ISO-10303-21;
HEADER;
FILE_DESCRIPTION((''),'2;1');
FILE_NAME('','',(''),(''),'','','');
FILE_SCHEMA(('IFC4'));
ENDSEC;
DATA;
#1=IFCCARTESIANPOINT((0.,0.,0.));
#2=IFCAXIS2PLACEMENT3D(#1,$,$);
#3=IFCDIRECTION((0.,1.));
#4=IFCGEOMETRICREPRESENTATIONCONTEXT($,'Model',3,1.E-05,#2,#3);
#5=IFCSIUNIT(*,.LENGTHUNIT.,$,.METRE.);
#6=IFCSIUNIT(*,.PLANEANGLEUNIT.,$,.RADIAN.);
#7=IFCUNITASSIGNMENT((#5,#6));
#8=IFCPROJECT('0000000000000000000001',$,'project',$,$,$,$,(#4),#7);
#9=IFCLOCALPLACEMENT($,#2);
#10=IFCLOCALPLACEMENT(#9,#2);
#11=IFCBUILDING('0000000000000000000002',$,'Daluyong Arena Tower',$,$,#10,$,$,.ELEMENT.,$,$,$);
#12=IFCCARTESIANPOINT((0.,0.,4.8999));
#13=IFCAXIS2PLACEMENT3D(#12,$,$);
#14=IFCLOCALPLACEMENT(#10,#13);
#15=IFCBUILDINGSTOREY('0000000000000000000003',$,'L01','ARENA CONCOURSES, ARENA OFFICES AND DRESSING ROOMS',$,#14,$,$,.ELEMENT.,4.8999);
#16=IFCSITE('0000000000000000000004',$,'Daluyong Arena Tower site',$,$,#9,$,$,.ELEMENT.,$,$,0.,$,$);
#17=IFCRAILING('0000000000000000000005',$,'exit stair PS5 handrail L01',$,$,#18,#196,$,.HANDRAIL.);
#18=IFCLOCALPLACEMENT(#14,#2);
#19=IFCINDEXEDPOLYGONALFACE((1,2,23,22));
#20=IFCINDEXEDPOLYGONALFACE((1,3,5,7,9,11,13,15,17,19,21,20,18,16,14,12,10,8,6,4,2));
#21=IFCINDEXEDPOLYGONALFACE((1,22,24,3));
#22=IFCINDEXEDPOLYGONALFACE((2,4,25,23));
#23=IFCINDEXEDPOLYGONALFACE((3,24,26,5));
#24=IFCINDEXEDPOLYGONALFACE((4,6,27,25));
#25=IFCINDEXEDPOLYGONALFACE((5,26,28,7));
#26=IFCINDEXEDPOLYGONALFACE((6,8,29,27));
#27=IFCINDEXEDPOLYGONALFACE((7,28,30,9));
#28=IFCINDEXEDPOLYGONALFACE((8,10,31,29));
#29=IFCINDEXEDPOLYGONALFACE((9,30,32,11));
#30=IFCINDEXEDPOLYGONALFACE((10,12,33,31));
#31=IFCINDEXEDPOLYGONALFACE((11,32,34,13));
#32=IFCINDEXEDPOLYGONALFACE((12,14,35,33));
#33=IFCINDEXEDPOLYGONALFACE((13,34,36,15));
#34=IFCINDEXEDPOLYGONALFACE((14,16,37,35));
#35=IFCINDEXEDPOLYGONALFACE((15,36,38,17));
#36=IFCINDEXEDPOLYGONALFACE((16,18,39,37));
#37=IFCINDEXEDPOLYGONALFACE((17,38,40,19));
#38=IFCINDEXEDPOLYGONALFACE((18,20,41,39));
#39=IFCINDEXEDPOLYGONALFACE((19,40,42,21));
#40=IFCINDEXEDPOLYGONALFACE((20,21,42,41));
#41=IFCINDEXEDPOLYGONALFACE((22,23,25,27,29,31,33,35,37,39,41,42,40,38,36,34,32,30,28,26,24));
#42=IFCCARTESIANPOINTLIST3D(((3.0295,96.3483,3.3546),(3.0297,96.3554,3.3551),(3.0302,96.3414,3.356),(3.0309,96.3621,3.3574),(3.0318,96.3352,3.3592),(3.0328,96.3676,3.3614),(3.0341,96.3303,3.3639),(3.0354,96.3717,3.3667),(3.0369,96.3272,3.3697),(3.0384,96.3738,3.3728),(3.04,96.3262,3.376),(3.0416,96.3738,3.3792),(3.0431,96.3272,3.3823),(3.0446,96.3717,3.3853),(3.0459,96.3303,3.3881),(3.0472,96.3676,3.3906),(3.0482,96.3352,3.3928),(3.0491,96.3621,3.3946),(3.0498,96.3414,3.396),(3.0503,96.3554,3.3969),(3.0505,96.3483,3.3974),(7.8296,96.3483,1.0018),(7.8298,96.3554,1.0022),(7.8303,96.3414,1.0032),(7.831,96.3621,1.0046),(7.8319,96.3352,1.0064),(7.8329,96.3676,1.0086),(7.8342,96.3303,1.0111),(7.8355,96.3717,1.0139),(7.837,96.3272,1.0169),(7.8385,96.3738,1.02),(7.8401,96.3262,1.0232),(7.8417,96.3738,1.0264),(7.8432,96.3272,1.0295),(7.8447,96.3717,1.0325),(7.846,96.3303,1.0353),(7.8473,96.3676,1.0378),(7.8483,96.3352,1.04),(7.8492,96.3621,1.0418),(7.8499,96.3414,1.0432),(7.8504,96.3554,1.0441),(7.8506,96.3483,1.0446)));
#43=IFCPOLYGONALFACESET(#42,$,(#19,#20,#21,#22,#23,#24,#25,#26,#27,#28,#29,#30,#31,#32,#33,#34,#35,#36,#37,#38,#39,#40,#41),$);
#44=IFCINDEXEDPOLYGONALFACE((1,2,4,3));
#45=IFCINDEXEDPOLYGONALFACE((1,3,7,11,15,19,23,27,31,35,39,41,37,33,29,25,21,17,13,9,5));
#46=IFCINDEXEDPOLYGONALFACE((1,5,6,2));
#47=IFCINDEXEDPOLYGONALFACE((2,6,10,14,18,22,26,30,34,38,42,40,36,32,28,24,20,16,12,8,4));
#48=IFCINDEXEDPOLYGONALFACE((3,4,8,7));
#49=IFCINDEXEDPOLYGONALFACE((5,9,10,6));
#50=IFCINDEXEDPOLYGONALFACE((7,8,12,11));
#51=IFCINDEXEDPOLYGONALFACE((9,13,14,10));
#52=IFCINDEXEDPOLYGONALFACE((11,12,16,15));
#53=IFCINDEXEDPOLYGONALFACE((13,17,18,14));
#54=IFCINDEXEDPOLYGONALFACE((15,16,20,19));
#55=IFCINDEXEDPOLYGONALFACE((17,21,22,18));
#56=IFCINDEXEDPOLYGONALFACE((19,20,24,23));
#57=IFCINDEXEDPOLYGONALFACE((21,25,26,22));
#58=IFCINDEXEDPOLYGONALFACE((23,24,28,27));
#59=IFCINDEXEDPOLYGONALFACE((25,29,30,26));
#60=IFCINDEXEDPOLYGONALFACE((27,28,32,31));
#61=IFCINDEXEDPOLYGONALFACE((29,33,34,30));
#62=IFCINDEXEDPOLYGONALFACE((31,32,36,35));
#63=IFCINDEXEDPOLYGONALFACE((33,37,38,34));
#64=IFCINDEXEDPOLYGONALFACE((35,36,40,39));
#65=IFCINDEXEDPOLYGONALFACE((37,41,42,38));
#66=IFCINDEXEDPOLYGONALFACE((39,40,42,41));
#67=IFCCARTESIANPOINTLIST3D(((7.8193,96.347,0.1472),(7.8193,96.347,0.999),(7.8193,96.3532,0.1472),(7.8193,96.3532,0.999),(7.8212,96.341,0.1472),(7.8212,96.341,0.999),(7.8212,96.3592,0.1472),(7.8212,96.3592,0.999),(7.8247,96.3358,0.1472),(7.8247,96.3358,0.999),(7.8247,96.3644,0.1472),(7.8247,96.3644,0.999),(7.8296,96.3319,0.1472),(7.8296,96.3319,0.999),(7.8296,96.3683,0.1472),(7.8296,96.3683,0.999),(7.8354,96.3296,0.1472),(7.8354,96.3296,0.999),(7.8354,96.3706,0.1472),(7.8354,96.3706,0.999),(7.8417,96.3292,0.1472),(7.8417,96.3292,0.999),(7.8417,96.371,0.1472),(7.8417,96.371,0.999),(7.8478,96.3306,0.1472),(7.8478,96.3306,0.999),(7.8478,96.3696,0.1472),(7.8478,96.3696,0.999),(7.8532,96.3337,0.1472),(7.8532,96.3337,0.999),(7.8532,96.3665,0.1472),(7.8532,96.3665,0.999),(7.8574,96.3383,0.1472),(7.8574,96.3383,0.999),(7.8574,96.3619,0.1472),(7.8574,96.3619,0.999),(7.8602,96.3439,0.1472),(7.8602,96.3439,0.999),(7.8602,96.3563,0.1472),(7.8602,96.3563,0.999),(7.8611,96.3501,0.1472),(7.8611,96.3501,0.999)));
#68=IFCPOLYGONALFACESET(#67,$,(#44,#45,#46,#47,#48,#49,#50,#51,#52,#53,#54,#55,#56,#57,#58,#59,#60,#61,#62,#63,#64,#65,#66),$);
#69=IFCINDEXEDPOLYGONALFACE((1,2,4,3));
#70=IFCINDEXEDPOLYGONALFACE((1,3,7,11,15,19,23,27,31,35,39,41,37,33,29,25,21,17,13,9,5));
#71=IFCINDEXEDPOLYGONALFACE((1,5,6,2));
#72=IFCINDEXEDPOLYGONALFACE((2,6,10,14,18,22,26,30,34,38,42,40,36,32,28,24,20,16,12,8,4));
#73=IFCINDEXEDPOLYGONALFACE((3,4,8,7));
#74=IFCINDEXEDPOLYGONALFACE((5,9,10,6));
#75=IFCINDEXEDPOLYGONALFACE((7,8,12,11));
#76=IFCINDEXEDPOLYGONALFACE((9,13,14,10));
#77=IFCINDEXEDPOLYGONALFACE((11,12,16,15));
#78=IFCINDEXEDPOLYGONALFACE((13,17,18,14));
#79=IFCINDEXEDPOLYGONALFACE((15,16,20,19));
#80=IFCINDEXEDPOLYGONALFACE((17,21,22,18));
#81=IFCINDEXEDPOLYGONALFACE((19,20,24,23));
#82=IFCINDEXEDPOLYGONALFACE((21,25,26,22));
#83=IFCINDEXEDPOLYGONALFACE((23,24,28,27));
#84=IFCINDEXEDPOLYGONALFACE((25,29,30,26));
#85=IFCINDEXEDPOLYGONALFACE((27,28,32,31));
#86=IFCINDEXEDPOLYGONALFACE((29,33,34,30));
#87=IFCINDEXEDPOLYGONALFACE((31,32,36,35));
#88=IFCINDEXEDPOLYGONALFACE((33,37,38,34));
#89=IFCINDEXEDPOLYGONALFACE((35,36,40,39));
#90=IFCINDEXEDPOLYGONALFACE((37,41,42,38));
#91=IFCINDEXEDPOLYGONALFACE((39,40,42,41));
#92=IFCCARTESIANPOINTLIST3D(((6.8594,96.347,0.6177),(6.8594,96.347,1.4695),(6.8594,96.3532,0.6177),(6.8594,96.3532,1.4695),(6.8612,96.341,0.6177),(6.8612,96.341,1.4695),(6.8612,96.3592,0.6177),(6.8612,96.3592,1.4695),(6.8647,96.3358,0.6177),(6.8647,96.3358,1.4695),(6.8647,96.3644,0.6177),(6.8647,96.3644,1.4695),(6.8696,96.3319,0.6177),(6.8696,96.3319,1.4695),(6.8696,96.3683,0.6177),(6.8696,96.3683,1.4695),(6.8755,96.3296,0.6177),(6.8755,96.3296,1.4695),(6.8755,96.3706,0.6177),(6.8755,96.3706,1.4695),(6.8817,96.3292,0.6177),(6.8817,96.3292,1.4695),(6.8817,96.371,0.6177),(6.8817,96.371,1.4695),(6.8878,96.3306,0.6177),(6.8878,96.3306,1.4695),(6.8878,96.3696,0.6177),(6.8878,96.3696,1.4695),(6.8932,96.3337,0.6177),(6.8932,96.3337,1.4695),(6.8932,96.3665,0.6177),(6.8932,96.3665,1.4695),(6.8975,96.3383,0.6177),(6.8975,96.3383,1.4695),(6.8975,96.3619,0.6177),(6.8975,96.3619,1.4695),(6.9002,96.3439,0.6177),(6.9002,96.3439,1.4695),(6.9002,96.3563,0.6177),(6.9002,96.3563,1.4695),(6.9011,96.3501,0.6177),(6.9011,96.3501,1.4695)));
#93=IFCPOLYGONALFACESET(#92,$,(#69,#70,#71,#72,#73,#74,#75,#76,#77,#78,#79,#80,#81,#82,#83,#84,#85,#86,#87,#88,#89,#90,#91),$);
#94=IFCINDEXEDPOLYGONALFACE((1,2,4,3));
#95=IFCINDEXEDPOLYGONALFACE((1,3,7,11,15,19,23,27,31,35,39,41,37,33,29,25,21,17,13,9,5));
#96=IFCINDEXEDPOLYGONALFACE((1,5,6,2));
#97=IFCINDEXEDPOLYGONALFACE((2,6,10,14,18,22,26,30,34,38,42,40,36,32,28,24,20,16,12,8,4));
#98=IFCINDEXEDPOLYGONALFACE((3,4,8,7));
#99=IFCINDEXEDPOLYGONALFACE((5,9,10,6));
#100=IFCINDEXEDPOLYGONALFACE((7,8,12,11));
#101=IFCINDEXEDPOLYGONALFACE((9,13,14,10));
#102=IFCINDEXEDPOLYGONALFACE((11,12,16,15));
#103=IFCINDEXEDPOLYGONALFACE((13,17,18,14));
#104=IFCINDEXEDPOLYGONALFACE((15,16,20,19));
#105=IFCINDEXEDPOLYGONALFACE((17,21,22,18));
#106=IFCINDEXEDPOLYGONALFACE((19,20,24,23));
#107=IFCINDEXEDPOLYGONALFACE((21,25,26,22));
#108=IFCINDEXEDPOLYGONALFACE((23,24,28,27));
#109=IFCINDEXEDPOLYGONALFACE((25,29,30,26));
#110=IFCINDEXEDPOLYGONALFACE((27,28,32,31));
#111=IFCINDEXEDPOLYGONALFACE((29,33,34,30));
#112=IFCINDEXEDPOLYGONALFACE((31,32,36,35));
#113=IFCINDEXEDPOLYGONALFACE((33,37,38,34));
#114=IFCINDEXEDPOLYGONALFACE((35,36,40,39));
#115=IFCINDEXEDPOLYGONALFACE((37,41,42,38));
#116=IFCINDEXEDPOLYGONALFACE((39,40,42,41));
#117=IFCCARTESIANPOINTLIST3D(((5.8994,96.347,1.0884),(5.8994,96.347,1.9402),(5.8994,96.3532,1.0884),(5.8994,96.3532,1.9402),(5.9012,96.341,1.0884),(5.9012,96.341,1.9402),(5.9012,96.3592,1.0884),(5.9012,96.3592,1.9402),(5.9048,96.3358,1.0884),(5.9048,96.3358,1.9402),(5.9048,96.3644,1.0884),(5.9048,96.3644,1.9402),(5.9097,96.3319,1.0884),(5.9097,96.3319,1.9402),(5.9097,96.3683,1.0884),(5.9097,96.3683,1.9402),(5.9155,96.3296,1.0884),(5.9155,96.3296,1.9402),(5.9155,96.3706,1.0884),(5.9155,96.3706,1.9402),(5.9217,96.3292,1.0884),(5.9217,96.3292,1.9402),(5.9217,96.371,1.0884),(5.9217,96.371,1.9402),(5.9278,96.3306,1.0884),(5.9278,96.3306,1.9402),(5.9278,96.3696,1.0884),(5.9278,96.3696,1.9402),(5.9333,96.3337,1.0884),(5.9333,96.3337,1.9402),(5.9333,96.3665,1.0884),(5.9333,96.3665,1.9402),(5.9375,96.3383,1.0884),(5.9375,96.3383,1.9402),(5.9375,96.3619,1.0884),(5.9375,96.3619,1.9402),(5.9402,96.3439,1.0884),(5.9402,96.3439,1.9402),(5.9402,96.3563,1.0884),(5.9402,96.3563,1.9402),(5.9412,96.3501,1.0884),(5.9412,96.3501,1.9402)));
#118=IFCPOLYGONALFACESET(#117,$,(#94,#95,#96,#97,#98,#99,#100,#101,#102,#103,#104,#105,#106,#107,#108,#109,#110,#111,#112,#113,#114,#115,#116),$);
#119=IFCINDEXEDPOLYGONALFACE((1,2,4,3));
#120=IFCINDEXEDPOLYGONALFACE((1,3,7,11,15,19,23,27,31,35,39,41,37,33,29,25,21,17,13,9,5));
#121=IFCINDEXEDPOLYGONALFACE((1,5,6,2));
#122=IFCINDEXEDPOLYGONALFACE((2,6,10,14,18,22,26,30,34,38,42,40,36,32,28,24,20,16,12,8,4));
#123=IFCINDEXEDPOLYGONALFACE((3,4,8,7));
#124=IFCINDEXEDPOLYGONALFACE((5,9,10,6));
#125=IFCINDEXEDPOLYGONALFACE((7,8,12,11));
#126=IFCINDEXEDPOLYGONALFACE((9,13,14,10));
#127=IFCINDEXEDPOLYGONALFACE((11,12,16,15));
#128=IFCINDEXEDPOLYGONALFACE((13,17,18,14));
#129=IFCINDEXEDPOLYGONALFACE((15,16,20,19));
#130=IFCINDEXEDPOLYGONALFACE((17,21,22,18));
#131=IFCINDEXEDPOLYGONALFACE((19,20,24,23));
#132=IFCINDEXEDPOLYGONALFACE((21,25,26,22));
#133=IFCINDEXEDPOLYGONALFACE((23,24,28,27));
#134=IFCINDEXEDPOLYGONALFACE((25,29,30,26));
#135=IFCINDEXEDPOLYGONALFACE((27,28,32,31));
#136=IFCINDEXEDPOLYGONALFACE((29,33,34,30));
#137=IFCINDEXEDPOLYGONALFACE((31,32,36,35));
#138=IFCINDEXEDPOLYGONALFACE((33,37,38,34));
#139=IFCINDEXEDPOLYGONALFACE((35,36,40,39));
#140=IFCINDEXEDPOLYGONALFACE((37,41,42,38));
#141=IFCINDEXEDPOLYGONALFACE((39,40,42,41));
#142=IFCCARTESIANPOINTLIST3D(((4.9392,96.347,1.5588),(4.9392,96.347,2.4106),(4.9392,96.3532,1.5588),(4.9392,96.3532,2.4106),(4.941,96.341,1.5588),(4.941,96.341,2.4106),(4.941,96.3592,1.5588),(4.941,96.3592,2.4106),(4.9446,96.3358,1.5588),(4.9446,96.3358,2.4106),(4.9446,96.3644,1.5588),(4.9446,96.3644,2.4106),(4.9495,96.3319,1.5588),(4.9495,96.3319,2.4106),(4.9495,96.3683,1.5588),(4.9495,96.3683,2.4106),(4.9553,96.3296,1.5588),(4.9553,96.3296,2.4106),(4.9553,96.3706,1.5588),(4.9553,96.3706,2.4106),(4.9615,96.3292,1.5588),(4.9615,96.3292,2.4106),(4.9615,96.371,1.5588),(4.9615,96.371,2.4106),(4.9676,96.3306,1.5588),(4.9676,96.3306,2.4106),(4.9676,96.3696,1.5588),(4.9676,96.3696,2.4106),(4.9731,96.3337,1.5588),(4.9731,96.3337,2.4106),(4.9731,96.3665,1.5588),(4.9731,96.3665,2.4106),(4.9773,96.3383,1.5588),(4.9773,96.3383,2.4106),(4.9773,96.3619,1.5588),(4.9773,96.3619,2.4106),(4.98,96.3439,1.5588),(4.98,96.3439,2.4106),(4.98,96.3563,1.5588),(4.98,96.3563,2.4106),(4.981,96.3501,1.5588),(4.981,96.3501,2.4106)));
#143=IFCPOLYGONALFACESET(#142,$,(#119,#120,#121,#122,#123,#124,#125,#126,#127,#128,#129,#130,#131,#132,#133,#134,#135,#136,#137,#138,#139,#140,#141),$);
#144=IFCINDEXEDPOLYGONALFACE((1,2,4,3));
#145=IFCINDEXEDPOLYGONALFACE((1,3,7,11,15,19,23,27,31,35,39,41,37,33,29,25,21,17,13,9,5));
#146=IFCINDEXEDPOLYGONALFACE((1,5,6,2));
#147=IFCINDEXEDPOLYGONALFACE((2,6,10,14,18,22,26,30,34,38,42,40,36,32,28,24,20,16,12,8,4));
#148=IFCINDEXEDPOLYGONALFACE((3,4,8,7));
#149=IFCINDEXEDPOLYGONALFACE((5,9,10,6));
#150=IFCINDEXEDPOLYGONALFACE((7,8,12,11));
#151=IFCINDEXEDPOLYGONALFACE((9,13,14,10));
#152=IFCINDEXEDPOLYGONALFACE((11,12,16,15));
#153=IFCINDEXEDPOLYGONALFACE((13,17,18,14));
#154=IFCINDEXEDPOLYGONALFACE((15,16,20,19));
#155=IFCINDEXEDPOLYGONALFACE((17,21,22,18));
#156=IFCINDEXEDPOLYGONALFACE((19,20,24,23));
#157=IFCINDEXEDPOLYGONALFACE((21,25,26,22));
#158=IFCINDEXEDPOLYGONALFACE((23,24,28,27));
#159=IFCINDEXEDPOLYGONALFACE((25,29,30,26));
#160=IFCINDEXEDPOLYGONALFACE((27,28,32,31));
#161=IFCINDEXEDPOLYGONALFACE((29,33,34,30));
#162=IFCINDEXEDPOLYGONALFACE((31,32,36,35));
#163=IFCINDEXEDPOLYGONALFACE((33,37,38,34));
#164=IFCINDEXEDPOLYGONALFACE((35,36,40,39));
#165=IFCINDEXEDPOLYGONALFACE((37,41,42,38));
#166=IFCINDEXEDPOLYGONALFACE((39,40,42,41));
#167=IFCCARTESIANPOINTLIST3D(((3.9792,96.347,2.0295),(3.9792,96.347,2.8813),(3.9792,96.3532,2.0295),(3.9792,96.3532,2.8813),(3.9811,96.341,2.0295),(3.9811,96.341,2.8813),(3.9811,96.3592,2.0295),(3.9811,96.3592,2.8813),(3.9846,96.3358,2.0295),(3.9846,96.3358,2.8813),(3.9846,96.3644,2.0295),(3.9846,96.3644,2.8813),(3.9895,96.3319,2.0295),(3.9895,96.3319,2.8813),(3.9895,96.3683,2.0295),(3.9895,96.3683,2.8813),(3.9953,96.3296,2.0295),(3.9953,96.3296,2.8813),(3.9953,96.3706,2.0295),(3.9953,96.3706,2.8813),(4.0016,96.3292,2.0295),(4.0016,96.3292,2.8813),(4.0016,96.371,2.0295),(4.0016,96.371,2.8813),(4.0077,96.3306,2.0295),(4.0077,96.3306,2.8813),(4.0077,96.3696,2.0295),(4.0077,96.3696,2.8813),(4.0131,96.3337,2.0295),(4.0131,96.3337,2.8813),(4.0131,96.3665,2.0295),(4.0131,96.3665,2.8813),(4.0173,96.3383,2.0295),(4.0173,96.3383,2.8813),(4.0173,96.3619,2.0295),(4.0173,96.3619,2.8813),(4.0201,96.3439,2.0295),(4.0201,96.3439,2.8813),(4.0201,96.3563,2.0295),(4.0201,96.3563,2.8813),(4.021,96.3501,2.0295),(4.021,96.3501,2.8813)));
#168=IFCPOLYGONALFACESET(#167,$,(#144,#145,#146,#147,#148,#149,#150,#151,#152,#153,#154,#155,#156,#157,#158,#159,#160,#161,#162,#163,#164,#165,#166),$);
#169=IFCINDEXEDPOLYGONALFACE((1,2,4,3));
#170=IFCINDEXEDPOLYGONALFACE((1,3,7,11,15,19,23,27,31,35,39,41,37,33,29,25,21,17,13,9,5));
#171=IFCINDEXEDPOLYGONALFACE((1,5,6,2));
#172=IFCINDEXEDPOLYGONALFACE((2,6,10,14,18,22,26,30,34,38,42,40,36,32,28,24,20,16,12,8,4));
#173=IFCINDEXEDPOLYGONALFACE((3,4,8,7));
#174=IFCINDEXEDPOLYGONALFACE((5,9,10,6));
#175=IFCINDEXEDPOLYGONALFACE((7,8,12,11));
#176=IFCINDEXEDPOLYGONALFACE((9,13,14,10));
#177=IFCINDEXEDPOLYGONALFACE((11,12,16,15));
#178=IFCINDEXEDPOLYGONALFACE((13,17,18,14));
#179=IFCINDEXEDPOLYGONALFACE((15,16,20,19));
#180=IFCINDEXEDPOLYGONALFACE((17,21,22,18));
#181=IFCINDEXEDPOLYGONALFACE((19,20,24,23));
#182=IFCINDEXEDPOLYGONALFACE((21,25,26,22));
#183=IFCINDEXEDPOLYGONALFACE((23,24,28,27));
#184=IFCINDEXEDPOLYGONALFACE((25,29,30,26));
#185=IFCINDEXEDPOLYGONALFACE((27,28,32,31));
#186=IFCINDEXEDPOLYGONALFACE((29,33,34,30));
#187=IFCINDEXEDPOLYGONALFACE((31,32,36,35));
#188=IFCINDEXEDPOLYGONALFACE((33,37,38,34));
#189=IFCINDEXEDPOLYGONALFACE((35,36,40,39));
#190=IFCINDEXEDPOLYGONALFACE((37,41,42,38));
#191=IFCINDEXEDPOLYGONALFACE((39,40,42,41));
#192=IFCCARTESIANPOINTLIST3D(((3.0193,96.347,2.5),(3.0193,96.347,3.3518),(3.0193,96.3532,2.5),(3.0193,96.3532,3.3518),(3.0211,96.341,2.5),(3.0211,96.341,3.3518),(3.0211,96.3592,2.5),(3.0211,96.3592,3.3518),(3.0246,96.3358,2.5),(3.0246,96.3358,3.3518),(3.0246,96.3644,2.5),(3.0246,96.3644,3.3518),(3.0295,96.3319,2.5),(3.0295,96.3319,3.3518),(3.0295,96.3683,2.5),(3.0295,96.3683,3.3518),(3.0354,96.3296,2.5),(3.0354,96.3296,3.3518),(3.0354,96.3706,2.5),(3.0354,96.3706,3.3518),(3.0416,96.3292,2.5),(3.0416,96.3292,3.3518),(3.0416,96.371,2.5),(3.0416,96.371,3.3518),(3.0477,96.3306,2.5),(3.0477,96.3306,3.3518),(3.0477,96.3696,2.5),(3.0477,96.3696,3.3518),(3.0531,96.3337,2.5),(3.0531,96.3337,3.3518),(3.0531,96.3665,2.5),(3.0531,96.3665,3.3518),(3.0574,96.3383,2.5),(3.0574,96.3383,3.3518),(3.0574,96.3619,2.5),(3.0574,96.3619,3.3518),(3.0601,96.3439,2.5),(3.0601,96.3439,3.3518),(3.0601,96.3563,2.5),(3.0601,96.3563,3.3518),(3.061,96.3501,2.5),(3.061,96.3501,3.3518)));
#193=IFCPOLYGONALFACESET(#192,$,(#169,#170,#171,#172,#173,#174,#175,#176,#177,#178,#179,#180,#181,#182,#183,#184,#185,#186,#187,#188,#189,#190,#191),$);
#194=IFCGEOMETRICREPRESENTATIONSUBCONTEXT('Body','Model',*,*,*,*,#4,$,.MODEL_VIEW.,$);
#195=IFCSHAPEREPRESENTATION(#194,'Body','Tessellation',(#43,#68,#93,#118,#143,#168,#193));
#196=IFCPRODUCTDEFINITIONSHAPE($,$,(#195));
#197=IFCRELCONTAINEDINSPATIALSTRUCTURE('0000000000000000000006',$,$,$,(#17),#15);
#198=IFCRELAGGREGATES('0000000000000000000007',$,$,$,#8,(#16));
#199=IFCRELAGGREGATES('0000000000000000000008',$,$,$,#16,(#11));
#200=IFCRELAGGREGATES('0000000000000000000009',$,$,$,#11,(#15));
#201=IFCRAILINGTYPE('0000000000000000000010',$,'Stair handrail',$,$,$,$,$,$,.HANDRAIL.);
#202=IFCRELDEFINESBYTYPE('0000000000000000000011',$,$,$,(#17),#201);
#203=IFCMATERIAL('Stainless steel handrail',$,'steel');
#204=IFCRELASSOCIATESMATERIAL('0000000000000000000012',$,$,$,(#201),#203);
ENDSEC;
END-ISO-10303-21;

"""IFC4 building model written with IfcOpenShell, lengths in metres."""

from ifc_helpers import new_model, si_unit, direction, frame, origin, origin_2d, place, context, subcontext, project, spatial, circle, extrude, material, type_object, element, save


model = new_model("IFC4")

# Units and contexts
model_context = context("Model", 3, precision=1e-05, world=origin(), true_north=direction((0.0, 1.0)))
body_context = subcontext(model_context, "Body", "Model", "MODEL_VIEW")
ifc_project = project(units=[si_unit("LENGTHUNIT", "METRE"), si_unit("PLANEANGLEUNIT", "RADIAN")], contexts=[model_context])

# Site, building, storey
site_placement = place(None, origin())
site = spatial("IfcSite", under=ifc_project, at=site_placement, Name="Daluyong Arena Tower site", CompositionType="ELEMENT", RefElevation=0.0)
building_placement = place(site_placement, origin())
building = spatial("IfcBuilding", under=site, at=building_placement, Name="Daluyong Arena Tower", CompositionType="ELEMENT")
storey_placement = place(building_placement, frame((0.0, 0.0, 4.8999)))
storey = spatial("IfcBuildingStorey", under=building, at=storey_placement, Name="L01", Description="ARENA CONCOURSES, ARENA OFFICES AND DRESSING ROOMS", CompositionType="ELEMENT", Elevation=4.8999)

# Railing
ifc_material_1 = material(Name="Stainless steel handrail", Category="steel")
railing_type = type_object("IfcRailingType", Name="Stair handrail", PredefinedType="HANDRAIL", material=ifc_material_1)
railing_placement = place(storey_placement, frame((7.8401, 96.3501, 0.1472)))
element("IfcRailing", 1, at=railing_placement, inside=storey, type_object=railing_type, Name="exit stair PS5 handrail L01", PredefinedType="HANDRAIL", context=body_context, shape_type="SweptSolid", body=[
    extrude(circle(Radius=0.0239, at=origin_2d()), frame((0.0, 0.0, 0.876), z_axis=(-0.897934, 0.0, 0.44013), x_axis=(0.0, -1.0, 0.0)), (0.0, 0.0, 1.0), 5.3457),
    extrude(circle(Radius=0.021, at=origin_2d()), origin(), (0.0, 0.0, 1.0), 0.8518),
    extrude(circle(Radius=0.021, at=origin_2d()), frame((-0.96, 0.0, 0.4705)), (0.0, 0.0, 1.0), 0.8518),
    extrude(circle(Radius=0.021, at=origin_2d()), frame((-1.9199, 0.0, 0.9412)), (0.0, 0.0, 1.0), 0.8518),
    extrude(circle(Radius=0.021, at=origin_2d()), frame((-2.8801, 0.0, 1.4116)), (0.0, 0.0, 1.0), 0.8518),
    extrude(circle(Radius=0.021, at=origin_2d()), frame((-3.8401, 0.0, 1.8823)), (0.0, 0.0, 1.0), 0.8518),
    extrude(circle(Radius=0.021, at=origin_2d()), frame((-4.8, 0.0, 2.3528)), (0.0, 0.0, 1.0), 0.8518),
])

save(model, "model.ifc")
